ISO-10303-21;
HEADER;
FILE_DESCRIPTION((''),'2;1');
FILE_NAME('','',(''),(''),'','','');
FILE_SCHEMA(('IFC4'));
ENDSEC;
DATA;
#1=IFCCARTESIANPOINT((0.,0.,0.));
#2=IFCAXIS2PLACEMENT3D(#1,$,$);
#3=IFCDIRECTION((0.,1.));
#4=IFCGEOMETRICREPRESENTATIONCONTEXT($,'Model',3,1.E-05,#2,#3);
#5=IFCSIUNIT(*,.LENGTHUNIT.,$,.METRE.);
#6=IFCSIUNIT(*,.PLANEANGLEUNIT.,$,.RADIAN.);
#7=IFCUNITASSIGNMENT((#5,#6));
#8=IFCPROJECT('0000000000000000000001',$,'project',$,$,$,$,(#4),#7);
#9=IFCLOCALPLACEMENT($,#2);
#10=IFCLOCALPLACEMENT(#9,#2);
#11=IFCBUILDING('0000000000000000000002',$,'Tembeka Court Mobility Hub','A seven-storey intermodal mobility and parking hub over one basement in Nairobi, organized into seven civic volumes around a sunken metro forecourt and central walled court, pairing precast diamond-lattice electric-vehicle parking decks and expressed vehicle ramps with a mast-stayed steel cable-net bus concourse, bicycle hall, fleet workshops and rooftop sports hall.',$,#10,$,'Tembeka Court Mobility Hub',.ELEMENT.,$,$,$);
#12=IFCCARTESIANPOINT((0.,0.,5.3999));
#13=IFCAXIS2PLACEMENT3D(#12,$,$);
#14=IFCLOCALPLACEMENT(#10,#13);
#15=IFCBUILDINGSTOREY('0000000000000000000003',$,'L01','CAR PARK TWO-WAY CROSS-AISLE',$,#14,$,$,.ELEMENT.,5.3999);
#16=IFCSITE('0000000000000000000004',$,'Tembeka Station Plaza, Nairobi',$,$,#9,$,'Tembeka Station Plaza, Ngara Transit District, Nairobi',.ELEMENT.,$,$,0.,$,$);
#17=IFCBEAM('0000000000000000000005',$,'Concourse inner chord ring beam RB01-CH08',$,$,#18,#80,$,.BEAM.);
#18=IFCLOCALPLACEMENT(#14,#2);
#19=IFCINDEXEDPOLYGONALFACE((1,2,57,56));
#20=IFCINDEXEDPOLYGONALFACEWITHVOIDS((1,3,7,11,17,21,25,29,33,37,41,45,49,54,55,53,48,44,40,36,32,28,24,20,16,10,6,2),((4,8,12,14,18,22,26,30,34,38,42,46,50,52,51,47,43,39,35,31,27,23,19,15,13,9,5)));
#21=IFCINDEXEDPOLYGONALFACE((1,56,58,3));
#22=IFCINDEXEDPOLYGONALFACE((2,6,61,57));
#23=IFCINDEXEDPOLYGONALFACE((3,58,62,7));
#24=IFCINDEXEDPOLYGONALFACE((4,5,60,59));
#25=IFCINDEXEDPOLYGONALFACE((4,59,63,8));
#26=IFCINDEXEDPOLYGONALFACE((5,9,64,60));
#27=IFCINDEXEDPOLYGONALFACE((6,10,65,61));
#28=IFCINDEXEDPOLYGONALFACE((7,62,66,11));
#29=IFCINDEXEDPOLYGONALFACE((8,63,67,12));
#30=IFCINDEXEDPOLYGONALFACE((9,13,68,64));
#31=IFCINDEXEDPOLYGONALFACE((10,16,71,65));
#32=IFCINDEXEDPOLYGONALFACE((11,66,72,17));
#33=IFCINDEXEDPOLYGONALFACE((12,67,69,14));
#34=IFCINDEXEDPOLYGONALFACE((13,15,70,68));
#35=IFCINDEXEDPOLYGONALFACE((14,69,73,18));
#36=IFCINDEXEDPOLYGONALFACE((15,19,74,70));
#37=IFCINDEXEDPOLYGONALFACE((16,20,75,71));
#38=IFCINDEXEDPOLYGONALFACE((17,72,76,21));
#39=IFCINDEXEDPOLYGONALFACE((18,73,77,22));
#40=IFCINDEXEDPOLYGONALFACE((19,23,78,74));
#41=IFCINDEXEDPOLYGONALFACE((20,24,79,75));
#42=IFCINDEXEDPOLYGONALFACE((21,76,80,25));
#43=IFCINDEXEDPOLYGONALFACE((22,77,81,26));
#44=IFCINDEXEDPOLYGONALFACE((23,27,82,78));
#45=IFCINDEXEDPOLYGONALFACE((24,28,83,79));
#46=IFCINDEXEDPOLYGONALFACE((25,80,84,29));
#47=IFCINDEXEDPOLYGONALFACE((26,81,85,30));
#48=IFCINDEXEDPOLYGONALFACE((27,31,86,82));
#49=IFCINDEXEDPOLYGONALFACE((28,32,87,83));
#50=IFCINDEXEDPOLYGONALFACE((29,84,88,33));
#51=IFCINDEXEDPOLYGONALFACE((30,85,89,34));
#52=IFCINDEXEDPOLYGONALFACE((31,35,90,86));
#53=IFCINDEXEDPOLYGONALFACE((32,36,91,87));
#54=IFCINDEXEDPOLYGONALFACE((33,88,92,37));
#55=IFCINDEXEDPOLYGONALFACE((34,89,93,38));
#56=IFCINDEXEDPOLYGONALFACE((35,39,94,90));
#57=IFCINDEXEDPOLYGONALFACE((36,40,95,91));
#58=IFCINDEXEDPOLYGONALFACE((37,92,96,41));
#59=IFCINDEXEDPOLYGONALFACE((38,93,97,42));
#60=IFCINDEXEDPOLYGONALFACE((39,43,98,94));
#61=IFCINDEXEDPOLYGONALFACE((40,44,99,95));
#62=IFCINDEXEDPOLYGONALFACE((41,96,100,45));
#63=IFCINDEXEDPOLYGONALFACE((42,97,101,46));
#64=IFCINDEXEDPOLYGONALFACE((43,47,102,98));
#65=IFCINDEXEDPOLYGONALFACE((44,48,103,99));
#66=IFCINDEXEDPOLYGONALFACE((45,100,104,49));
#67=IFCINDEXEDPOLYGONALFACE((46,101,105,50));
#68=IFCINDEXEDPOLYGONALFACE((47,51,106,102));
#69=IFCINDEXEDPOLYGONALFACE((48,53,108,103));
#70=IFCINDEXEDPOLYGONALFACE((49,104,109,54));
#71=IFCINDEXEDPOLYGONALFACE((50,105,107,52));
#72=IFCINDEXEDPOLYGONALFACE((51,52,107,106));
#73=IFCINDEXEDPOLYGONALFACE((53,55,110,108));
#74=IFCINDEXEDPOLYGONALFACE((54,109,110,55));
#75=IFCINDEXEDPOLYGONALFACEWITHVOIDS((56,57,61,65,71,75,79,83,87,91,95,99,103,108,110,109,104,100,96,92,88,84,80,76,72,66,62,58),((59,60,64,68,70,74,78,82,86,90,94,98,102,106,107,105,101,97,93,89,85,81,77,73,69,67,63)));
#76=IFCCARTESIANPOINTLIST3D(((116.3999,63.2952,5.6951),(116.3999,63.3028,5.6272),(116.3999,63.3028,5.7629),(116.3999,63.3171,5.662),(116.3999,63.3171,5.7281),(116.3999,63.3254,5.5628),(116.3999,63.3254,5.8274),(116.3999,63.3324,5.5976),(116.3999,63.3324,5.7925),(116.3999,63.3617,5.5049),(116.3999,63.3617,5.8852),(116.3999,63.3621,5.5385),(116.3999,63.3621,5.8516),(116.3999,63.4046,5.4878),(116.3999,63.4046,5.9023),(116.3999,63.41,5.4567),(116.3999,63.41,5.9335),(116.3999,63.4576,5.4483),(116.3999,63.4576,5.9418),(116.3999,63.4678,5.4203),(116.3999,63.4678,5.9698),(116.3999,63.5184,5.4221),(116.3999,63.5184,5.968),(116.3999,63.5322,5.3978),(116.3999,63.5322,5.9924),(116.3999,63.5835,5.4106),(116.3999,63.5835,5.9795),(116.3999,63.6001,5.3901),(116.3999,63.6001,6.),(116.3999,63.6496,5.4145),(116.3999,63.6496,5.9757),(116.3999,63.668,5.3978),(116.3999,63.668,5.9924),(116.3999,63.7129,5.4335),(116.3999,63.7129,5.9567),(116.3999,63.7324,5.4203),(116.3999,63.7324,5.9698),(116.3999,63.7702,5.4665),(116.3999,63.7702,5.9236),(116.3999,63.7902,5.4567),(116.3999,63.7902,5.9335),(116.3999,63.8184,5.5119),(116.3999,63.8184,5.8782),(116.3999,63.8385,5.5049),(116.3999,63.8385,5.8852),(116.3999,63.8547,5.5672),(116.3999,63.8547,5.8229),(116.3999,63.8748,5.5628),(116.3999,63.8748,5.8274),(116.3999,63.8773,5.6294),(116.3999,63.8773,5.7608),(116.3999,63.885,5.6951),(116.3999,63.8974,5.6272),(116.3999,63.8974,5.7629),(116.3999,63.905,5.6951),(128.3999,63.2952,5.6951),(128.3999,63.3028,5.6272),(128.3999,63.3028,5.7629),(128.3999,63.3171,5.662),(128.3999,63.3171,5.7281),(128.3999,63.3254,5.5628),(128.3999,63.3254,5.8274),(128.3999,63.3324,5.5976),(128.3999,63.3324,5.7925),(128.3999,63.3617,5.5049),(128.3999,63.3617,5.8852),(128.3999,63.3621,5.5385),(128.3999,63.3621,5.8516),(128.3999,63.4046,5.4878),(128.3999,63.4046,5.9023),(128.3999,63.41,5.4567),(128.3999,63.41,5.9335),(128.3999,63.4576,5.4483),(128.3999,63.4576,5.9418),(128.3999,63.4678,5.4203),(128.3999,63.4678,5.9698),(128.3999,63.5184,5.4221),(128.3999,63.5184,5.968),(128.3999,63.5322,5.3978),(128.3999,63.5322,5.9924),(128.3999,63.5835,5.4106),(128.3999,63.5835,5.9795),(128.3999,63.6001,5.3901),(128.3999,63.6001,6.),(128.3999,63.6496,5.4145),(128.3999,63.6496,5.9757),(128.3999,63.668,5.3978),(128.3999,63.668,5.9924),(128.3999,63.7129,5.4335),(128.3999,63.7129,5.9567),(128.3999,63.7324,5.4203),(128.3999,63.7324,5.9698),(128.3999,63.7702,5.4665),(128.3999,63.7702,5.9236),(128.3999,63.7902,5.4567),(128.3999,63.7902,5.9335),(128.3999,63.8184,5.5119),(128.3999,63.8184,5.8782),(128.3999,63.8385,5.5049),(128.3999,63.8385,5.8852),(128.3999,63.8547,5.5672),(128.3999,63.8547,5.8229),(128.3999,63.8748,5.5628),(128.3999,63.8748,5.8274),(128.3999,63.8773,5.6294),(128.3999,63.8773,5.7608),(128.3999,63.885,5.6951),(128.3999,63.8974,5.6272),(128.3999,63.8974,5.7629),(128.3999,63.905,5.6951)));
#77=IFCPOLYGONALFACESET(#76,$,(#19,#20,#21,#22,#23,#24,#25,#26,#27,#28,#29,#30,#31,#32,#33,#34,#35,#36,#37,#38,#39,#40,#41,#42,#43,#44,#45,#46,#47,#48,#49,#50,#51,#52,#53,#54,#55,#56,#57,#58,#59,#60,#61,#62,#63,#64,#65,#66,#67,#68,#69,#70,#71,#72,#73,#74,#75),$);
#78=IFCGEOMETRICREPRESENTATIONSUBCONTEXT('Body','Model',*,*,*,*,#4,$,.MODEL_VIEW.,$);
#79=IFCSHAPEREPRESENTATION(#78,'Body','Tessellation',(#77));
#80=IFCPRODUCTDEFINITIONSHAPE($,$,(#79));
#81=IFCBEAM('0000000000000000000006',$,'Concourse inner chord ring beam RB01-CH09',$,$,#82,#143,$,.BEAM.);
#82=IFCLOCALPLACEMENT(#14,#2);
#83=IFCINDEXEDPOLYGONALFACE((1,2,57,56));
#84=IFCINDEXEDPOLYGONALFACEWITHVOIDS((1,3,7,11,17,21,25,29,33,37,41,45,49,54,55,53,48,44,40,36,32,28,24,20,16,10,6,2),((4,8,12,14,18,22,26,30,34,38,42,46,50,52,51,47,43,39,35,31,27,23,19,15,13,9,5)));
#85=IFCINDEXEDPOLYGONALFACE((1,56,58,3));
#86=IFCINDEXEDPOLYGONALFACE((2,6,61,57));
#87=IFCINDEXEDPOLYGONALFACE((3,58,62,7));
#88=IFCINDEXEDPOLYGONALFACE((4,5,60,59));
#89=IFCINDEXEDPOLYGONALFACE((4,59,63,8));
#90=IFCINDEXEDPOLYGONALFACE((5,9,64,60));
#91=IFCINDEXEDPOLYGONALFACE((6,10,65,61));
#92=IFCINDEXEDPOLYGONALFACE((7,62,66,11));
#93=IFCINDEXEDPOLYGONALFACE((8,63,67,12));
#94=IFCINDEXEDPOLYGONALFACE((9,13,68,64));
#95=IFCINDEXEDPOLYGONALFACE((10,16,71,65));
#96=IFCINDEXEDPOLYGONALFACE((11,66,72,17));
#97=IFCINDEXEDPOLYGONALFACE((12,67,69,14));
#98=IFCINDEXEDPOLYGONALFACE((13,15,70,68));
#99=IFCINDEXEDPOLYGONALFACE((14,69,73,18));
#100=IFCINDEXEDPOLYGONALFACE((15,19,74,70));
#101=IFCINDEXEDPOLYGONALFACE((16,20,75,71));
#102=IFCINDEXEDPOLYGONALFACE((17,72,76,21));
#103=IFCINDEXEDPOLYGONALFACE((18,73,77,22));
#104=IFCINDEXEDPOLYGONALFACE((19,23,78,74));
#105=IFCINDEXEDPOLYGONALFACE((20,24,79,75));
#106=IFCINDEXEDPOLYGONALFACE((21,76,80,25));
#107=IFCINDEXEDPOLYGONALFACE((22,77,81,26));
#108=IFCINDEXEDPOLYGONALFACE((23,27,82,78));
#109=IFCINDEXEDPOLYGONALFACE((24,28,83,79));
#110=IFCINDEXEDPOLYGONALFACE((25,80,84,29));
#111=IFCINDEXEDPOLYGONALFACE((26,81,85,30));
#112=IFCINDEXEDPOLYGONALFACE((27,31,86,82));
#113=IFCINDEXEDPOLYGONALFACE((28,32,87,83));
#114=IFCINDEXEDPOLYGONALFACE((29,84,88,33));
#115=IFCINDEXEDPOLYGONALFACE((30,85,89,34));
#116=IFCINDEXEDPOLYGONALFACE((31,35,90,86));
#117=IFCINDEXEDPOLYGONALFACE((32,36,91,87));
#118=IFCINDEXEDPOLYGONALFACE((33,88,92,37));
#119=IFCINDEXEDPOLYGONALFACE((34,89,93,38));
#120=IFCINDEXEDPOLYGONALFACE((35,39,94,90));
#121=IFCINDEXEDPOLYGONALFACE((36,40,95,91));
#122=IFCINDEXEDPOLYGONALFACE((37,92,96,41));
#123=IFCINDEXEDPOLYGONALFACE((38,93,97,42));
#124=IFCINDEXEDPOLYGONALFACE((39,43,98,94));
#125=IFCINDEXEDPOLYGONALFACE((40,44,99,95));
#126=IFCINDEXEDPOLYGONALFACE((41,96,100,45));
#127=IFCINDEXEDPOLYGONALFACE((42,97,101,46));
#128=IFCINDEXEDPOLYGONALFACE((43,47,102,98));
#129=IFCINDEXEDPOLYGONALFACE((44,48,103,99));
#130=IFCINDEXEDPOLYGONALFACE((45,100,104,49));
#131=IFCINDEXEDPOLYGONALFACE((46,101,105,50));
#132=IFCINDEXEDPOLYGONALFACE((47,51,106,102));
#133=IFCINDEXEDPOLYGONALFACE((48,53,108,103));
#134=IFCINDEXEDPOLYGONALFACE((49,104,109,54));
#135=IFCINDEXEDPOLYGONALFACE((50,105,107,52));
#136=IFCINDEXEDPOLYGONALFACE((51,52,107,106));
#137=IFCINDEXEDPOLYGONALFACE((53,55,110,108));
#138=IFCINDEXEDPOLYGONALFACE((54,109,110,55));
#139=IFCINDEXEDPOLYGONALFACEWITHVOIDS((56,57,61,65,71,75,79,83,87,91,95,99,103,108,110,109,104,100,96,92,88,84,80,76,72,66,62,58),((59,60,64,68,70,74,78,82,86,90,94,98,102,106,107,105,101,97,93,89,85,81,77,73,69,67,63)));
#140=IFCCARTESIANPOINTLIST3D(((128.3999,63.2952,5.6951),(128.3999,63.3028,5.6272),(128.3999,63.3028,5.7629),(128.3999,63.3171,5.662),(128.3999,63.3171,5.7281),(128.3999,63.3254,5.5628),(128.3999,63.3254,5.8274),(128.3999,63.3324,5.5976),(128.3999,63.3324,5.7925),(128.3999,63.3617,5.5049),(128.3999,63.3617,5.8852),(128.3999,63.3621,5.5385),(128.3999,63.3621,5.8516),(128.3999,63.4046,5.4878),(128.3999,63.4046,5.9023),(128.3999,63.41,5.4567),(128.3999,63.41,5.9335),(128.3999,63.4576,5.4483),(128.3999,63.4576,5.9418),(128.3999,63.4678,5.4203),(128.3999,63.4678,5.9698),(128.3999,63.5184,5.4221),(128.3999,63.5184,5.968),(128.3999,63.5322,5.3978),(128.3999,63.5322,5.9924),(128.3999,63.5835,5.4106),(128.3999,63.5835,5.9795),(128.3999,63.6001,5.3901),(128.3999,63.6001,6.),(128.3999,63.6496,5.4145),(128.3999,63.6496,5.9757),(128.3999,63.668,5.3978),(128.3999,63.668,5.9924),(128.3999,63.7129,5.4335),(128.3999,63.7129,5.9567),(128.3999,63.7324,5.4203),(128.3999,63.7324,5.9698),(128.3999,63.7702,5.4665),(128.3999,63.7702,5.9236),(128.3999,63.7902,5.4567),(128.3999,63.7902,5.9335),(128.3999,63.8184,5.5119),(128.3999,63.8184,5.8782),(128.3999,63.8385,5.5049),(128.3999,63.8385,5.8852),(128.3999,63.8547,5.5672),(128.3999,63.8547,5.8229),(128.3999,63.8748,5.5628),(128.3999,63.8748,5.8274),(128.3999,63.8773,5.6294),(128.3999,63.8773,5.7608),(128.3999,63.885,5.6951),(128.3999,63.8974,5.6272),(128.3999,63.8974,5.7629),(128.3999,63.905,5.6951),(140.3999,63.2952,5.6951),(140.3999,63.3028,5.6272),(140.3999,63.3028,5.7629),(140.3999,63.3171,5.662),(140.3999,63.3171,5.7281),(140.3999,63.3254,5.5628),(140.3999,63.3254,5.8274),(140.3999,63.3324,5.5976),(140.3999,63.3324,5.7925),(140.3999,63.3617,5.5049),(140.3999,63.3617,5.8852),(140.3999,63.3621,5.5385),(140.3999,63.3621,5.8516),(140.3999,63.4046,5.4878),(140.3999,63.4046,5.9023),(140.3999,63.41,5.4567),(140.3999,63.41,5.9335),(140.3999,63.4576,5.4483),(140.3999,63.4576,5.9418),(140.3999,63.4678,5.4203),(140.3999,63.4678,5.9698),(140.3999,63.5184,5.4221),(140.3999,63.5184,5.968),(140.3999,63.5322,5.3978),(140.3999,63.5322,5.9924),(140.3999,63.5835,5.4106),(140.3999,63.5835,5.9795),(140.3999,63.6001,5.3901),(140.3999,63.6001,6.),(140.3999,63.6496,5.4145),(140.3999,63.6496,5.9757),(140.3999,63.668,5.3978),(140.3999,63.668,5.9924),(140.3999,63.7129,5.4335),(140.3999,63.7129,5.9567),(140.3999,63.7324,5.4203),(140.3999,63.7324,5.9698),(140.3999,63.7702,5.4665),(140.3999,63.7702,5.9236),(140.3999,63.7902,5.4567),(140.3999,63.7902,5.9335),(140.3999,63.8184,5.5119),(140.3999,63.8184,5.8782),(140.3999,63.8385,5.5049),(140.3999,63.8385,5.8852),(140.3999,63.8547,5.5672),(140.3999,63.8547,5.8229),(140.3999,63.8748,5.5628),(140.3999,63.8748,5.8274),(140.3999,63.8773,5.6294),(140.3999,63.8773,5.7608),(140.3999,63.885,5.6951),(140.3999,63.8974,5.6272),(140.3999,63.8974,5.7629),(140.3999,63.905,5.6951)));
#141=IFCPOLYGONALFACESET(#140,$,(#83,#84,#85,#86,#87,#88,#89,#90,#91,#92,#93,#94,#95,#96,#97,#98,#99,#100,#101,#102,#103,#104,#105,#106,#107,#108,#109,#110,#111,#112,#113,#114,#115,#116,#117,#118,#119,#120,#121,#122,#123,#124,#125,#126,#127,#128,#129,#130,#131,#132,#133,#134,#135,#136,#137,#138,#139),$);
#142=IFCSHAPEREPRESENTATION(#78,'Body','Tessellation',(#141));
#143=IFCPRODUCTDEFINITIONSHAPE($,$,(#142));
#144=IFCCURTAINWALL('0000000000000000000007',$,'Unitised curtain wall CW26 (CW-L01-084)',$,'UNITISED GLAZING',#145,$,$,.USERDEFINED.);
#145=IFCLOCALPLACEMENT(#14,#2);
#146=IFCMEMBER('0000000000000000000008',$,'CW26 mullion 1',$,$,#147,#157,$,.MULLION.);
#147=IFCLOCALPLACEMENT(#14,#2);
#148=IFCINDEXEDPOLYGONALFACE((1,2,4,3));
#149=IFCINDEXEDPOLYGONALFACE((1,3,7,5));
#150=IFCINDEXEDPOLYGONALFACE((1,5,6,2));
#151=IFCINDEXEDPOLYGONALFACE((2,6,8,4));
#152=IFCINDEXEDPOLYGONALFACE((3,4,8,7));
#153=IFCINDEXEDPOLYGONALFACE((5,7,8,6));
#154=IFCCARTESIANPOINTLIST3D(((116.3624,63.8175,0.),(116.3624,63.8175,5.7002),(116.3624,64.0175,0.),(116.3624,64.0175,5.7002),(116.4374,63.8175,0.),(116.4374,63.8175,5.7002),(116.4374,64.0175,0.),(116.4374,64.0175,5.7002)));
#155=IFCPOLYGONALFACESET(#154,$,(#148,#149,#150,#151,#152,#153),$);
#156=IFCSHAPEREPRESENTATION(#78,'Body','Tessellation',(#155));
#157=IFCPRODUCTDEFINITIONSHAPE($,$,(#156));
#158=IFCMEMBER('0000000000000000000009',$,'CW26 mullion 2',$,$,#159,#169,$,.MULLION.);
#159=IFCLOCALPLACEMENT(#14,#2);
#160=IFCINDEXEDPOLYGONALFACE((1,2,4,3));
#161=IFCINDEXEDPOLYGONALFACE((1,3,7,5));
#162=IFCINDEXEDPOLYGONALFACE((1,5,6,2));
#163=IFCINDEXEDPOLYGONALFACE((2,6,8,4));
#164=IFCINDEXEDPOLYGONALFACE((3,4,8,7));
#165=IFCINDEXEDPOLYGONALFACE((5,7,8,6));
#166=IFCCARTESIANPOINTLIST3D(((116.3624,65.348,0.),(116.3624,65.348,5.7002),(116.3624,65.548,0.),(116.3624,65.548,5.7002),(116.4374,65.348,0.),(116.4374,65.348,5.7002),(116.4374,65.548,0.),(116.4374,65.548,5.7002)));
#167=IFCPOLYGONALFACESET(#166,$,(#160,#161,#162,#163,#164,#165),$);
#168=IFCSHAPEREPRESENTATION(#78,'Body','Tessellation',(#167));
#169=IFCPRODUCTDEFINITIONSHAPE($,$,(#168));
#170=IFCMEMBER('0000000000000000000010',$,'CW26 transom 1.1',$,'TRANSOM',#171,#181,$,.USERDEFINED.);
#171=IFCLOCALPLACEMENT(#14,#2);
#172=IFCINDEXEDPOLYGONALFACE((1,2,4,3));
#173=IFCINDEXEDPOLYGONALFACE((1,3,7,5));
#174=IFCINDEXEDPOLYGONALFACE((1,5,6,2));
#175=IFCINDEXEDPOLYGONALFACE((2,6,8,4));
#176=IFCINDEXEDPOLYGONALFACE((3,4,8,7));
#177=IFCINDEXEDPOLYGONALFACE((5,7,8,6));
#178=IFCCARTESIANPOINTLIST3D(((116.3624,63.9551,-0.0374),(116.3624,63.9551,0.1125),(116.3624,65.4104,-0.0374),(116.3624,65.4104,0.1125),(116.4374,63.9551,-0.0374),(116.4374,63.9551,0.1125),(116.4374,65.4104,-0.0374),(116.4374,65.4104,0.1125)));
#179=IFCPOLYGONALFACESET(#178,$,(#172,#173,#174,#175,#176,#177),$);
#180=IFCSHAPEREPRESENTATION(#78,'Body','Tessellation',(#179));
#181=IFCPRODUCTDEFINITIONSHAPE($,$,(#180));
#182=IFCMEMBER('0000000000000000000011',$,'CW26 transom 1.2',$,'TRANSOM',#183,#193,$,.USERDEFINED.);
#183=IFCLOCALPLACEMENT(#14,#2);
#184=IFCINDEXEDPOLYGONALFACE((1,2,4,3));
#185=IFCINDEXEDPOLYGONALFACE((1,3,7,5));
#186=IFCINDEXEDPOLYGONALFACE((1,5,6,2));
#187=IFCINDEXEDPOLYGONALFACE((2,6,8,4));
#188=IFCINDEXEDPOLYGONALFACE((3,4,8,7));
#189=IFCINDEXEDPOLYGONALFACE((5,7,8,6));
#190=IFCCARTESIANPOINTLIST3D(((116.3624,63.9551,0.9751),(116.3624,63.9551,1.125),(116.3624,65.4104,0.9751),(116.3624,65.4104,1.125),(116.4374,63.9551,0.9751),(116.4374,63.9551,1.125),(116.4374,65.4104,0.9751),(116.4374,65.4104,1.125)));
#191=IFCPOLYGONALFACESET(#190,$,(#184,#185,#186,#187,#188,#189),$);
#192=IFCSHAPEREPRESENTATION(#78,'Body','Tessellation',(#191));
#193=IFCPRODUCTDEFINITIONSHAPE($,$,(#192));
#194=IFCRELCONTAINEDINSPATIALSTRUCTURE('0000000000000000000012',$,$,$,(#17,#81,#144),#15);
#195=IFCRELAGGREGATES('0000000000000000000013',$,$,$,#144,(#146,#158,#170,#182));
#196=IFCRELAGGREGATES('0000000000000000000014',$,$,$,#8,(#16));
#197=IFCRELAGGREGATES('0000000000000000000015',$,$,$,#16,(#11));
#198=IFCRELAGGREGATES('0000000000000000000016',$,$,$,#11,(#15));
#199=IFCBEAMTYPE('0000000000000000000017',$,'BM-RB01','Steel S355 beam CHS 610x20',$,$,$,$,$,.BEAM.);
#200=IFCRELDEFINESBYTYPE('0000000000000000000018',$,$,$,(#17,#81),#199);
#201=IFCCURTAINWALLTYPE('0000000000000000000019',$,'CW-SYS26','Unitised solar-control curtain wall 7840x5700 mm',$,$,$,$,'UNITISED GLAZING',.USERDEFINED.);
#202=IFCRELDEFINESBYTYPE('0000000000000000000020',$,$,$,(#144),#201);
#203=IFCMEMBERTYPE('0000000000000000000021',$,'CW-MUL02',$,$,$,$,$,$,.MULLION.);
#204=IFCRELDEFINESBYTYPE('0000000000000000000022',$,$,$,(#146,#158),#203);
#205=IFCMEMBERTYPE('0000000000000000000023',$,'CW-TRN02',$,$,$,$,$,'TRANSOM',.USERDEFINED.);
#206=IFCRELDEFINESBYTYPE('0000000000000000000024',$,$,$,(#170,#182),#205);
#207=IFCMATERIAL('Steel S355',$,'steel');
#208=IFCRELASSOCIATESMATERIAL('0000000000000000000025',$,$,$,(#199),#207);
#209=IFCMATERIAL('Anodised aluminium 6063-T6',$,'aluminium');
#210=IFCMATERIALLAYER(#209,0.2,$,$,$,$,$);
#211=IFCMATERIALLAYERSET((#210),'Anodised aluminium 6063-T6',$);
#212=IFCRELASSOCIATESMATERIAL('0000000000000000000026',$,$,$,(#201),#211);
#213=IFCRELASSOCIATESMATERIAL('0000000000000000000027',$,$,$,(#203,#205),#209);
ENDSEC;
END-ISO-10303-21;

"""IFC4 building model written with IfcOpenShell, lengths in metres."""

from ifc_helpers import new_model, si_unit, direction, frame, origin, origin_2d, place, context, subcontext, project, spatial, rectangle, hollow_circle, extrude, material, layer, layer_set, material_profile, profile_set, type_object, element, aggregate, save


model = new_model("IFC4")

# Units and contexts
model_context = context("Model", 3, precision=1e-05, world=origin(), true_north=direction((0.0, 1.0)))
body_context = subcontext(model_context, "Body", "Model", "MODEL_VIEW")
ifc_project = project(units=[si_unit("LENGTHUNIT", "METRE"), si_unit("PLANEANGLEUNIT", "RADIAN")], contexts=[model_context])

# Site, building, storey
site_placement = place(None, origin())
site = spatial("IfcSite", under=ifc_project, at=site_placement, Name="Tembeka Station Plaza, Nairobi", LongName="Tembeka Station Plaza, Ngara Transit District, Nairobi", CompositionType="ELEMENT", RefElevation=0.0)
building_placement = place(site_placement, origin())
building = spatial("IfcBuilding", under=site, at=building_placement, Name="Tembeka Court Mobility Hub", Description="A seven-storey intermodal mobility and parking hub over one basement in Nairobi, organized into seven civic volumes around a sunken metro forecourt and central walled court, pairing precast diamond-lattice electric-vehicle parking decks and expressed vehicle ramps with a mast-stayed steel cable-net bus concourse, bicycle hall, fleet workshops and rooftop sports hall.", LongName="Tembeka Court Mobility Hub", CompositionType="ELEMENT")
storey_placement = place(building_placement, frame((0.0, 0.0, 5.3999)))
storey = spatial("IfcBuildingStorey", under=building, at=storey_placement, Name="L01", Description="CAR PARK TWO-WAY CROSS-AISLE", CompositionType="ELEMENT", Elevation=5.3999)

# Shared definitions
ifc_material_1 = material(Name="Steel S355", Category="steel")

# Beams
ifc_material_profile_1 = material_profile(ifc_material_1, hollow_circle(Radius=0.3049, WallThickness=0.02, at=origin_2d()), Name="CHS 610x20")
ifc_profile_set_1 = profile_set([ifc_material_profile_1], Name="Steel S355")
beam_type_1 = type_object("IfcBeamType", Name="BM-RB01", Description="Steel S355 beam CHS 610x20", PredefinedType="BEAM", material=ifc_profile_set_1)
for number, where, z_axis, x_axis, name in (
    (1, (116.3999, 63.6001, 5.6951), (1.0, 0.0, 0.0), (0.0, 1.0, 0.0), "Concourse inner chord ring beam RB01-CH08"),
    (2, (128.3999, 63.6001, 5.6951), (1.0, 0.0, 0.0), (0.0, 1.0, 0.0), "Concourse inner chord ring beam RB01-CH09"),
):
    element("IfcBeam", number, at=place(storey_placement, frame(where, z_axis=z_axis, x_axis=x_axis)), inside=storey, type_object=beam_type_1, Name=name, PredefinedType="BEAM", context=body_context, shape_type="SweptSolid", body=[
        extrude(hollow_circle(Radius=0.3049, WallThickness=0.02, at=origin_2d()), origin(), (0.0, 0.0, 1.0), 12.0),
    ])

# Curtain wall, members
ifc_material_2 = material(Name="Anodised aluminium 6063-T6", Category="aluminium")
ifc_layer_1 = layer(ifc_material_2, 0.2)
ifc_layer_set_1 = layer_set([ifc_layer_1], Name="Anodised aluminium 6063-T6")
curtain_wall_type = type_object("IfcCurtainWallType", Name="CW-SYS26", Description="Unitised solar-control curtain wall 7840x5700 mm", ElementType="UNITISED GLAZING", PredefinedType="USERDEFINED", material=ifc_layer_set_1)
curtain_wall_placement = place(storey_placement, origin())
curtain_wall = element("IfcCurtainWall", 3, at=curtain_wall_placement, inside=storey, type_object=curtain_wall_type, Name="Unitised curtain wall CW26 (CW-L01-084)", ObjectType="UNITISED GLAZING", PredefinedType="USERDEFINED")
ifc_material_profile_2 = material_profile(ifc_material_2, rectangle(XDim=0.075, YDim=0.2, at=origin_2d()), Name="ALU-MUL 75x200")
ifc_profile_set_2 = profile_set([ifc_material_profile_2], Name="Anodised aluminium 6063-T6")
member_type_1 = type_object("IfcMemberType", Name="CW-MUL02", PredefinedType="MULLION", material=ifc_profile_set_2)
member_1_placement = place(storey_placement, frame((116.3999, 63.9175, 0.0), z_axis=(0.0, 0.0, 1.0), x_axis=(-1.0, 0.0, 0.0)))
member_1 = element("IfcMember", 4, at=member_1_placement, type_object=member_type_1, Name="CW26 mullion 1", PredefinedType="MULLION", context=body_context, shape_type="SweptSolid", body=[
    extrude(rectangle(XDim=0.075, YDim=0.2, at=origin_2d()), origin(), (0.0, 0.0, 1.0), 5.7002),
])
member_2_placement = place(storey_placement, frame((116.3999, 65.448, 0.0), z_axis=(0.0, 0.0, 1.0), x_axis=(-1.0, 0.0, 0.0)))
member_2 = element("IfcMember", 5, at=member_2_placement, type_object=member_type_1, Name="CW26 mullion 2", PredefinedType="MULLION", context=body_context, shape_type="SweptSolid", body=[
    extrude(rectangle(XDim=0.075, YDim=0.2, at=origin_2d()), origin(), (0.0, 0.0, 1.0), 5.7002),
])
ifc_material_profile_3 = material_profile(ifc_material_2, rectangle(XDim=0.075, YDim=0.1499, at=origin_2d()), Name="ALU-TRN 75x150")
ifc_profile_set_3 = profile_set([ifc_material_profile_3], Name="Anodised aluminium 6063-T6")
member_type_2 = type_object("IfcMemberType", Name="CW-TRN02", ElementType="TRANSOM", PredefinedType="USERDEFINED", material=ifc_profile_set_3)
member_3_placement = place(storey_placement, frame((116.3999, 63.9551, 0.0376), z_axis=(0.0, 1.0, 0.0), x_axis=(-1.0, 0.0, 0.0)))
member_3 = element("IfcMember", 6, at=member_3_placement, type_object=member_type_2, Name="CW26 transom 1.1", ObjectType="TRANSOM", PredefinedType="USERDEFINED", context=body_context, shape_type="SweptSolid", body=[
    extrude(rectangle(XDim=0.075, YDim=0.1499, at=origin_2d()), origin(), (0.0, 0.0, 1.0), 1.4553),
])
member_4_placement = place(storey_placement, frame((116.3999, 63.9551, 1.05), z_axis=(0.0, 1.0, 0.0), x_axis=(-1.0, 0.0, 0.0)))
member_4 = element("IfcMember", 7, at=member_4_placement, type_object=member_type_2, Name="CW26 transom 1.2", ObjectType="TRANSOM", PredefinedType="USERDEFINED", context=body_context, shape_type="SweptSolid", body=[
    extrude(rectangle(XDim=0.075, YDim=0.1499, at=origin_2d()), origin(), (0.0, 0.0, 1.0), 1.4553),
])

aggregate(curtain_wall, [member_1, member_2, member_3, member_4])

save(model, "model.ifc")
